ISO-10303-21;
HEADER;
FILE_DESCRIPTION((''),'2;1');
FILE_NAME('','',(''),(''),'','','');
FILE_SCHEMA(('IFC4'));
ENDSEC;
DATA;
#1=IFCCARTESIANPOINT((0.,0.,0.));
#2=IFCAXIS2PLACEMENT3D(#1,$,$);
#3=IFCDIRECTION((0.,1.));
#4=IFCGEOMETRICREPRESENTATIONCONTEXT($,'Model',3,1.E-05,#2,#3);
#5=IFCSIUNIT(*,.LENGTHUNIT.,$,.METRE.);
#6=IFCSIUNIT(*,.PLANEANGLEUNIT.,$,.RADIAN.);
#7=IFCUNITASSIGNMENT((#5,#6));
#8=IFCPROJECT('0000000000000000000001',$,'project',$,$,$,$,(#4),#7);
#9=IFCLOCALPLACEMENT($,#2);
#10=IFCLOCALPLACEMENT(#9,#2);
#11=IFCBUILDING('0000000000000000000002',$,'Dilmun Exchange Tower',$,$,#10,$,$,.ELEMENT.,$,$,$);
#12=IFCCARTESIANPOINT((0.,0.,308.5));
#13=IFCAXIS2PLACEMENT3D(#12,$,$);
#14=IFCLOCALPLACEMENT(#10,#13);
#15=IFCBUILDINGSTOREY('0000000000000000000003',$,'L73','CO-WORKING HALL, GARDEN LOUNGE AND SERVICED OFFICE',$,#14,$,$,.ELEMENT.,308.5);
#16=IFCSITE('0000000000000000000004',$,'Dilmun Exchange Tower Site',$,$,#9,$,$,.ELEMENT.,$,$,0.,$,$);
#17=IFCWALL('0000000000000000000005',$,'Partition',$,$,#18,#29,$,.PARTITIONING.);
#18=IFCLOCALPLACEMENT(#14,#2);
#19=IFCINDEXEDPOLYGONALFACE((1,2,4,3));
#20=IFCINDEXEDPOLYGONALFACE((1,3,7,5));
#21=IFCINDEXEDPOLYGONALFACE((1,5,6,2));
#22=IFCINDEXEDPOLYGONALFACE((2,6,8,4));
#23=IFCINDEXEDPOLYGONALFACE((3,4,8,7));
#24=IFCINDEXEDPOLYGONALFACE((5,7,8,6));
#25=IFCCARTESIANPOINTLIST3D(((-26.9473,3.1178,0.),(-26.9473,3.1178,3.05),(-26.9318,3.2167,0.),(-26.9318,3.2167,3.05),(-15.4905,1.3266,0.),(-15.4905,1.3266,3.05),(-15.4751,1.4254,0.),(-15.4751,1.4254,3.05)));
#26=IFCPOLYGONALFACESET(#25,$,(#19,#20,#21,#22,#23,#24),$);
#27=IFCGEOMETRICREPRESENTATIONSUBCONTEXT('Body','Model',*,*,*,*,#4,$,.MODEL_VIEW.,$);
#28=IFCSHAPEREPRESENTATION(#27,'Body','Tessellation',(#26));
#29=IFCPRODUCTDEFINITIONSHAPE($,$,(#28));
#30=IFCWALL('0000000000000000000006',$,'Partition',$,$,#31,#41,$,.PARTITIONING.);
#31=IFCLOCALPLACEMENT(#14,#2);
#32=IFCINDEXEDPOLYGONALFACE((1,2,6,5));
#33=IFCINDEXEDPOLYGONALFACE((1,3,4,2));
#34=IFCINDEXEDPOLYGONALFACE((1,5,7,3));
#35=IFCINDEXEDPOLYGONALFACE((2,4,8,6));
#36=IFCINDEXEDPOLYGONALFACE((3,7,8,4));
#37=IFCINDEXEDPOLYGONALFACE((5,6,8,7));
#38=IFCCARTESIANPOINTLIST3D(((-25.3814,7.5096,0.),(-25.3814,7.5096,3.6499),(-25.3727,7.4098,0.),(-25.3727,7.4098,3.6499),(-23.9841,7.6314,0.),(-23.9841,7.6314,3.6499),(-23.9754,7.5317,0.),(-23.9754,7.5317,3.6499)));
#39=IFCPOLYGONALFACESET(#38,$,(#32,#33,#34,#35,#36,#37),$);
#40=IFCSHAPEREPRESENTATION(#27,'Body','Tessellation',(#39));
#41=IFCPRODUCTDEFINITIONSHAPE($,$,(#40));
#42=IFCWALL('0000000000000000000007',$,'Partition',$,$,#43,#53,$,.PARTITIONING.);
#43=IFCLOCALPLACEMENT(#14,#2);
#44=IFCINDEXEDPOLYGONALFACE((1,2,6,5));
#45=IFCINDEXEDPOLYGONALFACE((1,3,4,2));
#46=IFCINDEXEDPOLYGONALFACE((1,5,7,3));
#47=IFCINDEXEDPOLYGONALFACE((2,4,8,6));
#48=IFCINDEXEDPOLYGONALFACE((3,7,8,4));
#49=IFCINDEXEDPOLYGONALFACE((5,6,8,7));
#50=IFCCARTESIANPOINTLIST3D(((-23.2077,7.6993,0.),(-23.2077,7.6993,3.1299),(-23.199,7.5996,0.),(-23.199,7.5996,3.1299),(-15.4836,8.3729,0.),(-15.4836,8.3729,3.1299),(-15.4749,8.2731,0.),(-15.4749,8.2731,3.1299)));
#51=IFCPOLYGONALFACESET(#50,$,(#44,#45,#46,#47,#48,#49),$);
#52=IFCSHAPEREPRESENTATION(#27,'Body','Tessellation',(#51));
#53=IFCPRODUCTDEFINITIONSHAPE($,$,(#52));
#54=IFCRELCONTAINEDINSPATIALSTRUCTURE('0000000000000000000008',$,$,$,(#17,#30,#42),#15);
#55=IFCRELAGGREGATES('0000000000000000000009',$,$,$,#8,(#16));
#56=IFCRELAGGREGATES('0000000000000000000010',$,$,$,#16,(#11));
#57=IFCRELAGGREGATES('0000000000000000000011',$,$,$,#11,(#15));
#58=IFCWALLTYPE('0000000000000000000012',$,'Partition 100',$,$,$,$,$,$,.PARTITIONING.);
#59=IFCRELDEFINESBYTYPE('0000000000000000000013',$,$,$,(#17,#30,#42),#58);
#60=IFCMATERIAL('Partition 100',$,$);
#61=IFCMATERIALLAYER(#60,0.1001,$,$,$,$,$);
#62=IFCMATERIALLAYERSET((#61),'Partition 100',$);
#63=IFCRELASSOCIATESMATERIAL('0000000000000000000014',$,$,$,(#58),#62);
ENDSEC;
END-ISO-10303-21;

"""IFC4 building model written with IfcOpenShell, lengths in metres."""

from ifc_helpers import new_model, si_unit, direction, frame, frame_2d, origin, place, context, subcontext, project, spatial, rectangle, extrude, material, layer, layer_set, type_object, element, save


model = new_model("IFC4")

# Units and contexts
model_context = context("Model", 3, precision=1e-05, world=origin(), true_north=direction((0.0, 1.0)))
body_context = subcontext(model_context, "Body", "Model", "MODEL_VIEW")
ifc_project = project(units=[si_unit("LENGTHUNIT", "METRE"), si_unit("PLANEANGLEUNIT", "RADIAN")], contexts=[model_context])

# Site, building, storey
site_placement = place(None, origin())
site = spatial("IfcSite", under=ifc_project, at=site_placement, Name="Dilmun Exchange Tower Site", CompositionType="ELEMENT", RefElevation=0.0)
building_placement = place(site_placement, origin())
building = spatial("IfcBuilding", under=site, at=building_placement, Name="Dilmun Exchange Tower", CompositionType="ELEMENT")
storey_placement = place(building_placement, frame((0.0, 0.0, 308.5)))
storey = spatial("IfcBuildingStorey", under=building, at=storey_placement, Name="L73", Description="CO-WORKING HALL, GARDEN LOUNGE AND SERVICED OFFICE", CompositionType="ELEMENT", Elevation=308.5)

# Walls
ifc_material_1 = material(Name="Partition 100")
ifc_layer_1 = layer(ifc_material_1, 0.1001)
ifc_layer_set_1 = layer_set([ifc_layer_1], Name="Partition 100")
wall_type_1 = type_object("IfcWallType", Name="Partition 100", PredefinedType="PARTITIONING", material=ifc_layer_set_1)
wall_1_placement = place(storey_placement, frame((-26.9395, 3.1672, 0.0), z_axis=(0.0, 0.0, 1.0), x_axis=(0.987997, -0.154473, 0.0)))
element("IfcWall", 1, at=wall_1_placement, inside=storey, type_object=wall_type_1, Name="Partition", PredefinedType="PARTITIONING", context=body_context, shape_type="SweptSolid", body=[
    extrude(rectangle(XDim=11.5959, YDim=0.1001, at=frame_2d((5.7979, 0.0))), origin(), (0.0, 0.0, 1.0), 3.05),
])
wall_2_placement = place(storey_placement, frame((-25.377, 7.4597, 0.0), z_axis=(0.0, 0.0, 1.0), x_axis=(0.99622, 0.086862, 0.0)))
element("IfcWall", 2, at=wall_2_placement, inside=storey, type_object=wall_type_1, Name="Partition", PredefinedType="PARTITIONING", context=body_context, shape_type="SweptSolid", body=[
    extrude(rectangle(XDim=1.4026, YDim=0.1001, at=frame_2d((0.7012, 0.0))), origin(), (0.0, 0.0, 1.0), 3.6499),
])
wall_3_placement = place(storey_placement, frame((-23.2034, 7.6494, 0.0), z_axis=(0.0, 0.0, 1.0), x_axis=(0.996219, 0.086876, 0.0)))
element("IfcWall", 3, at=wall_3_placement, inside=storey, type_object=wall_type_1, Name="Partition", PredefinedType="PARTITIONING", context=body_context, shape_type="SweptSolid", body=[
    extrude(rectangle(XDim=7.7534, YDim=0.1001, at=frame_2d((3.8767, 0.0))), origin(), (0.0, 0.0, 1.0), 3.1299),
])

save(model, "model.ifc")
